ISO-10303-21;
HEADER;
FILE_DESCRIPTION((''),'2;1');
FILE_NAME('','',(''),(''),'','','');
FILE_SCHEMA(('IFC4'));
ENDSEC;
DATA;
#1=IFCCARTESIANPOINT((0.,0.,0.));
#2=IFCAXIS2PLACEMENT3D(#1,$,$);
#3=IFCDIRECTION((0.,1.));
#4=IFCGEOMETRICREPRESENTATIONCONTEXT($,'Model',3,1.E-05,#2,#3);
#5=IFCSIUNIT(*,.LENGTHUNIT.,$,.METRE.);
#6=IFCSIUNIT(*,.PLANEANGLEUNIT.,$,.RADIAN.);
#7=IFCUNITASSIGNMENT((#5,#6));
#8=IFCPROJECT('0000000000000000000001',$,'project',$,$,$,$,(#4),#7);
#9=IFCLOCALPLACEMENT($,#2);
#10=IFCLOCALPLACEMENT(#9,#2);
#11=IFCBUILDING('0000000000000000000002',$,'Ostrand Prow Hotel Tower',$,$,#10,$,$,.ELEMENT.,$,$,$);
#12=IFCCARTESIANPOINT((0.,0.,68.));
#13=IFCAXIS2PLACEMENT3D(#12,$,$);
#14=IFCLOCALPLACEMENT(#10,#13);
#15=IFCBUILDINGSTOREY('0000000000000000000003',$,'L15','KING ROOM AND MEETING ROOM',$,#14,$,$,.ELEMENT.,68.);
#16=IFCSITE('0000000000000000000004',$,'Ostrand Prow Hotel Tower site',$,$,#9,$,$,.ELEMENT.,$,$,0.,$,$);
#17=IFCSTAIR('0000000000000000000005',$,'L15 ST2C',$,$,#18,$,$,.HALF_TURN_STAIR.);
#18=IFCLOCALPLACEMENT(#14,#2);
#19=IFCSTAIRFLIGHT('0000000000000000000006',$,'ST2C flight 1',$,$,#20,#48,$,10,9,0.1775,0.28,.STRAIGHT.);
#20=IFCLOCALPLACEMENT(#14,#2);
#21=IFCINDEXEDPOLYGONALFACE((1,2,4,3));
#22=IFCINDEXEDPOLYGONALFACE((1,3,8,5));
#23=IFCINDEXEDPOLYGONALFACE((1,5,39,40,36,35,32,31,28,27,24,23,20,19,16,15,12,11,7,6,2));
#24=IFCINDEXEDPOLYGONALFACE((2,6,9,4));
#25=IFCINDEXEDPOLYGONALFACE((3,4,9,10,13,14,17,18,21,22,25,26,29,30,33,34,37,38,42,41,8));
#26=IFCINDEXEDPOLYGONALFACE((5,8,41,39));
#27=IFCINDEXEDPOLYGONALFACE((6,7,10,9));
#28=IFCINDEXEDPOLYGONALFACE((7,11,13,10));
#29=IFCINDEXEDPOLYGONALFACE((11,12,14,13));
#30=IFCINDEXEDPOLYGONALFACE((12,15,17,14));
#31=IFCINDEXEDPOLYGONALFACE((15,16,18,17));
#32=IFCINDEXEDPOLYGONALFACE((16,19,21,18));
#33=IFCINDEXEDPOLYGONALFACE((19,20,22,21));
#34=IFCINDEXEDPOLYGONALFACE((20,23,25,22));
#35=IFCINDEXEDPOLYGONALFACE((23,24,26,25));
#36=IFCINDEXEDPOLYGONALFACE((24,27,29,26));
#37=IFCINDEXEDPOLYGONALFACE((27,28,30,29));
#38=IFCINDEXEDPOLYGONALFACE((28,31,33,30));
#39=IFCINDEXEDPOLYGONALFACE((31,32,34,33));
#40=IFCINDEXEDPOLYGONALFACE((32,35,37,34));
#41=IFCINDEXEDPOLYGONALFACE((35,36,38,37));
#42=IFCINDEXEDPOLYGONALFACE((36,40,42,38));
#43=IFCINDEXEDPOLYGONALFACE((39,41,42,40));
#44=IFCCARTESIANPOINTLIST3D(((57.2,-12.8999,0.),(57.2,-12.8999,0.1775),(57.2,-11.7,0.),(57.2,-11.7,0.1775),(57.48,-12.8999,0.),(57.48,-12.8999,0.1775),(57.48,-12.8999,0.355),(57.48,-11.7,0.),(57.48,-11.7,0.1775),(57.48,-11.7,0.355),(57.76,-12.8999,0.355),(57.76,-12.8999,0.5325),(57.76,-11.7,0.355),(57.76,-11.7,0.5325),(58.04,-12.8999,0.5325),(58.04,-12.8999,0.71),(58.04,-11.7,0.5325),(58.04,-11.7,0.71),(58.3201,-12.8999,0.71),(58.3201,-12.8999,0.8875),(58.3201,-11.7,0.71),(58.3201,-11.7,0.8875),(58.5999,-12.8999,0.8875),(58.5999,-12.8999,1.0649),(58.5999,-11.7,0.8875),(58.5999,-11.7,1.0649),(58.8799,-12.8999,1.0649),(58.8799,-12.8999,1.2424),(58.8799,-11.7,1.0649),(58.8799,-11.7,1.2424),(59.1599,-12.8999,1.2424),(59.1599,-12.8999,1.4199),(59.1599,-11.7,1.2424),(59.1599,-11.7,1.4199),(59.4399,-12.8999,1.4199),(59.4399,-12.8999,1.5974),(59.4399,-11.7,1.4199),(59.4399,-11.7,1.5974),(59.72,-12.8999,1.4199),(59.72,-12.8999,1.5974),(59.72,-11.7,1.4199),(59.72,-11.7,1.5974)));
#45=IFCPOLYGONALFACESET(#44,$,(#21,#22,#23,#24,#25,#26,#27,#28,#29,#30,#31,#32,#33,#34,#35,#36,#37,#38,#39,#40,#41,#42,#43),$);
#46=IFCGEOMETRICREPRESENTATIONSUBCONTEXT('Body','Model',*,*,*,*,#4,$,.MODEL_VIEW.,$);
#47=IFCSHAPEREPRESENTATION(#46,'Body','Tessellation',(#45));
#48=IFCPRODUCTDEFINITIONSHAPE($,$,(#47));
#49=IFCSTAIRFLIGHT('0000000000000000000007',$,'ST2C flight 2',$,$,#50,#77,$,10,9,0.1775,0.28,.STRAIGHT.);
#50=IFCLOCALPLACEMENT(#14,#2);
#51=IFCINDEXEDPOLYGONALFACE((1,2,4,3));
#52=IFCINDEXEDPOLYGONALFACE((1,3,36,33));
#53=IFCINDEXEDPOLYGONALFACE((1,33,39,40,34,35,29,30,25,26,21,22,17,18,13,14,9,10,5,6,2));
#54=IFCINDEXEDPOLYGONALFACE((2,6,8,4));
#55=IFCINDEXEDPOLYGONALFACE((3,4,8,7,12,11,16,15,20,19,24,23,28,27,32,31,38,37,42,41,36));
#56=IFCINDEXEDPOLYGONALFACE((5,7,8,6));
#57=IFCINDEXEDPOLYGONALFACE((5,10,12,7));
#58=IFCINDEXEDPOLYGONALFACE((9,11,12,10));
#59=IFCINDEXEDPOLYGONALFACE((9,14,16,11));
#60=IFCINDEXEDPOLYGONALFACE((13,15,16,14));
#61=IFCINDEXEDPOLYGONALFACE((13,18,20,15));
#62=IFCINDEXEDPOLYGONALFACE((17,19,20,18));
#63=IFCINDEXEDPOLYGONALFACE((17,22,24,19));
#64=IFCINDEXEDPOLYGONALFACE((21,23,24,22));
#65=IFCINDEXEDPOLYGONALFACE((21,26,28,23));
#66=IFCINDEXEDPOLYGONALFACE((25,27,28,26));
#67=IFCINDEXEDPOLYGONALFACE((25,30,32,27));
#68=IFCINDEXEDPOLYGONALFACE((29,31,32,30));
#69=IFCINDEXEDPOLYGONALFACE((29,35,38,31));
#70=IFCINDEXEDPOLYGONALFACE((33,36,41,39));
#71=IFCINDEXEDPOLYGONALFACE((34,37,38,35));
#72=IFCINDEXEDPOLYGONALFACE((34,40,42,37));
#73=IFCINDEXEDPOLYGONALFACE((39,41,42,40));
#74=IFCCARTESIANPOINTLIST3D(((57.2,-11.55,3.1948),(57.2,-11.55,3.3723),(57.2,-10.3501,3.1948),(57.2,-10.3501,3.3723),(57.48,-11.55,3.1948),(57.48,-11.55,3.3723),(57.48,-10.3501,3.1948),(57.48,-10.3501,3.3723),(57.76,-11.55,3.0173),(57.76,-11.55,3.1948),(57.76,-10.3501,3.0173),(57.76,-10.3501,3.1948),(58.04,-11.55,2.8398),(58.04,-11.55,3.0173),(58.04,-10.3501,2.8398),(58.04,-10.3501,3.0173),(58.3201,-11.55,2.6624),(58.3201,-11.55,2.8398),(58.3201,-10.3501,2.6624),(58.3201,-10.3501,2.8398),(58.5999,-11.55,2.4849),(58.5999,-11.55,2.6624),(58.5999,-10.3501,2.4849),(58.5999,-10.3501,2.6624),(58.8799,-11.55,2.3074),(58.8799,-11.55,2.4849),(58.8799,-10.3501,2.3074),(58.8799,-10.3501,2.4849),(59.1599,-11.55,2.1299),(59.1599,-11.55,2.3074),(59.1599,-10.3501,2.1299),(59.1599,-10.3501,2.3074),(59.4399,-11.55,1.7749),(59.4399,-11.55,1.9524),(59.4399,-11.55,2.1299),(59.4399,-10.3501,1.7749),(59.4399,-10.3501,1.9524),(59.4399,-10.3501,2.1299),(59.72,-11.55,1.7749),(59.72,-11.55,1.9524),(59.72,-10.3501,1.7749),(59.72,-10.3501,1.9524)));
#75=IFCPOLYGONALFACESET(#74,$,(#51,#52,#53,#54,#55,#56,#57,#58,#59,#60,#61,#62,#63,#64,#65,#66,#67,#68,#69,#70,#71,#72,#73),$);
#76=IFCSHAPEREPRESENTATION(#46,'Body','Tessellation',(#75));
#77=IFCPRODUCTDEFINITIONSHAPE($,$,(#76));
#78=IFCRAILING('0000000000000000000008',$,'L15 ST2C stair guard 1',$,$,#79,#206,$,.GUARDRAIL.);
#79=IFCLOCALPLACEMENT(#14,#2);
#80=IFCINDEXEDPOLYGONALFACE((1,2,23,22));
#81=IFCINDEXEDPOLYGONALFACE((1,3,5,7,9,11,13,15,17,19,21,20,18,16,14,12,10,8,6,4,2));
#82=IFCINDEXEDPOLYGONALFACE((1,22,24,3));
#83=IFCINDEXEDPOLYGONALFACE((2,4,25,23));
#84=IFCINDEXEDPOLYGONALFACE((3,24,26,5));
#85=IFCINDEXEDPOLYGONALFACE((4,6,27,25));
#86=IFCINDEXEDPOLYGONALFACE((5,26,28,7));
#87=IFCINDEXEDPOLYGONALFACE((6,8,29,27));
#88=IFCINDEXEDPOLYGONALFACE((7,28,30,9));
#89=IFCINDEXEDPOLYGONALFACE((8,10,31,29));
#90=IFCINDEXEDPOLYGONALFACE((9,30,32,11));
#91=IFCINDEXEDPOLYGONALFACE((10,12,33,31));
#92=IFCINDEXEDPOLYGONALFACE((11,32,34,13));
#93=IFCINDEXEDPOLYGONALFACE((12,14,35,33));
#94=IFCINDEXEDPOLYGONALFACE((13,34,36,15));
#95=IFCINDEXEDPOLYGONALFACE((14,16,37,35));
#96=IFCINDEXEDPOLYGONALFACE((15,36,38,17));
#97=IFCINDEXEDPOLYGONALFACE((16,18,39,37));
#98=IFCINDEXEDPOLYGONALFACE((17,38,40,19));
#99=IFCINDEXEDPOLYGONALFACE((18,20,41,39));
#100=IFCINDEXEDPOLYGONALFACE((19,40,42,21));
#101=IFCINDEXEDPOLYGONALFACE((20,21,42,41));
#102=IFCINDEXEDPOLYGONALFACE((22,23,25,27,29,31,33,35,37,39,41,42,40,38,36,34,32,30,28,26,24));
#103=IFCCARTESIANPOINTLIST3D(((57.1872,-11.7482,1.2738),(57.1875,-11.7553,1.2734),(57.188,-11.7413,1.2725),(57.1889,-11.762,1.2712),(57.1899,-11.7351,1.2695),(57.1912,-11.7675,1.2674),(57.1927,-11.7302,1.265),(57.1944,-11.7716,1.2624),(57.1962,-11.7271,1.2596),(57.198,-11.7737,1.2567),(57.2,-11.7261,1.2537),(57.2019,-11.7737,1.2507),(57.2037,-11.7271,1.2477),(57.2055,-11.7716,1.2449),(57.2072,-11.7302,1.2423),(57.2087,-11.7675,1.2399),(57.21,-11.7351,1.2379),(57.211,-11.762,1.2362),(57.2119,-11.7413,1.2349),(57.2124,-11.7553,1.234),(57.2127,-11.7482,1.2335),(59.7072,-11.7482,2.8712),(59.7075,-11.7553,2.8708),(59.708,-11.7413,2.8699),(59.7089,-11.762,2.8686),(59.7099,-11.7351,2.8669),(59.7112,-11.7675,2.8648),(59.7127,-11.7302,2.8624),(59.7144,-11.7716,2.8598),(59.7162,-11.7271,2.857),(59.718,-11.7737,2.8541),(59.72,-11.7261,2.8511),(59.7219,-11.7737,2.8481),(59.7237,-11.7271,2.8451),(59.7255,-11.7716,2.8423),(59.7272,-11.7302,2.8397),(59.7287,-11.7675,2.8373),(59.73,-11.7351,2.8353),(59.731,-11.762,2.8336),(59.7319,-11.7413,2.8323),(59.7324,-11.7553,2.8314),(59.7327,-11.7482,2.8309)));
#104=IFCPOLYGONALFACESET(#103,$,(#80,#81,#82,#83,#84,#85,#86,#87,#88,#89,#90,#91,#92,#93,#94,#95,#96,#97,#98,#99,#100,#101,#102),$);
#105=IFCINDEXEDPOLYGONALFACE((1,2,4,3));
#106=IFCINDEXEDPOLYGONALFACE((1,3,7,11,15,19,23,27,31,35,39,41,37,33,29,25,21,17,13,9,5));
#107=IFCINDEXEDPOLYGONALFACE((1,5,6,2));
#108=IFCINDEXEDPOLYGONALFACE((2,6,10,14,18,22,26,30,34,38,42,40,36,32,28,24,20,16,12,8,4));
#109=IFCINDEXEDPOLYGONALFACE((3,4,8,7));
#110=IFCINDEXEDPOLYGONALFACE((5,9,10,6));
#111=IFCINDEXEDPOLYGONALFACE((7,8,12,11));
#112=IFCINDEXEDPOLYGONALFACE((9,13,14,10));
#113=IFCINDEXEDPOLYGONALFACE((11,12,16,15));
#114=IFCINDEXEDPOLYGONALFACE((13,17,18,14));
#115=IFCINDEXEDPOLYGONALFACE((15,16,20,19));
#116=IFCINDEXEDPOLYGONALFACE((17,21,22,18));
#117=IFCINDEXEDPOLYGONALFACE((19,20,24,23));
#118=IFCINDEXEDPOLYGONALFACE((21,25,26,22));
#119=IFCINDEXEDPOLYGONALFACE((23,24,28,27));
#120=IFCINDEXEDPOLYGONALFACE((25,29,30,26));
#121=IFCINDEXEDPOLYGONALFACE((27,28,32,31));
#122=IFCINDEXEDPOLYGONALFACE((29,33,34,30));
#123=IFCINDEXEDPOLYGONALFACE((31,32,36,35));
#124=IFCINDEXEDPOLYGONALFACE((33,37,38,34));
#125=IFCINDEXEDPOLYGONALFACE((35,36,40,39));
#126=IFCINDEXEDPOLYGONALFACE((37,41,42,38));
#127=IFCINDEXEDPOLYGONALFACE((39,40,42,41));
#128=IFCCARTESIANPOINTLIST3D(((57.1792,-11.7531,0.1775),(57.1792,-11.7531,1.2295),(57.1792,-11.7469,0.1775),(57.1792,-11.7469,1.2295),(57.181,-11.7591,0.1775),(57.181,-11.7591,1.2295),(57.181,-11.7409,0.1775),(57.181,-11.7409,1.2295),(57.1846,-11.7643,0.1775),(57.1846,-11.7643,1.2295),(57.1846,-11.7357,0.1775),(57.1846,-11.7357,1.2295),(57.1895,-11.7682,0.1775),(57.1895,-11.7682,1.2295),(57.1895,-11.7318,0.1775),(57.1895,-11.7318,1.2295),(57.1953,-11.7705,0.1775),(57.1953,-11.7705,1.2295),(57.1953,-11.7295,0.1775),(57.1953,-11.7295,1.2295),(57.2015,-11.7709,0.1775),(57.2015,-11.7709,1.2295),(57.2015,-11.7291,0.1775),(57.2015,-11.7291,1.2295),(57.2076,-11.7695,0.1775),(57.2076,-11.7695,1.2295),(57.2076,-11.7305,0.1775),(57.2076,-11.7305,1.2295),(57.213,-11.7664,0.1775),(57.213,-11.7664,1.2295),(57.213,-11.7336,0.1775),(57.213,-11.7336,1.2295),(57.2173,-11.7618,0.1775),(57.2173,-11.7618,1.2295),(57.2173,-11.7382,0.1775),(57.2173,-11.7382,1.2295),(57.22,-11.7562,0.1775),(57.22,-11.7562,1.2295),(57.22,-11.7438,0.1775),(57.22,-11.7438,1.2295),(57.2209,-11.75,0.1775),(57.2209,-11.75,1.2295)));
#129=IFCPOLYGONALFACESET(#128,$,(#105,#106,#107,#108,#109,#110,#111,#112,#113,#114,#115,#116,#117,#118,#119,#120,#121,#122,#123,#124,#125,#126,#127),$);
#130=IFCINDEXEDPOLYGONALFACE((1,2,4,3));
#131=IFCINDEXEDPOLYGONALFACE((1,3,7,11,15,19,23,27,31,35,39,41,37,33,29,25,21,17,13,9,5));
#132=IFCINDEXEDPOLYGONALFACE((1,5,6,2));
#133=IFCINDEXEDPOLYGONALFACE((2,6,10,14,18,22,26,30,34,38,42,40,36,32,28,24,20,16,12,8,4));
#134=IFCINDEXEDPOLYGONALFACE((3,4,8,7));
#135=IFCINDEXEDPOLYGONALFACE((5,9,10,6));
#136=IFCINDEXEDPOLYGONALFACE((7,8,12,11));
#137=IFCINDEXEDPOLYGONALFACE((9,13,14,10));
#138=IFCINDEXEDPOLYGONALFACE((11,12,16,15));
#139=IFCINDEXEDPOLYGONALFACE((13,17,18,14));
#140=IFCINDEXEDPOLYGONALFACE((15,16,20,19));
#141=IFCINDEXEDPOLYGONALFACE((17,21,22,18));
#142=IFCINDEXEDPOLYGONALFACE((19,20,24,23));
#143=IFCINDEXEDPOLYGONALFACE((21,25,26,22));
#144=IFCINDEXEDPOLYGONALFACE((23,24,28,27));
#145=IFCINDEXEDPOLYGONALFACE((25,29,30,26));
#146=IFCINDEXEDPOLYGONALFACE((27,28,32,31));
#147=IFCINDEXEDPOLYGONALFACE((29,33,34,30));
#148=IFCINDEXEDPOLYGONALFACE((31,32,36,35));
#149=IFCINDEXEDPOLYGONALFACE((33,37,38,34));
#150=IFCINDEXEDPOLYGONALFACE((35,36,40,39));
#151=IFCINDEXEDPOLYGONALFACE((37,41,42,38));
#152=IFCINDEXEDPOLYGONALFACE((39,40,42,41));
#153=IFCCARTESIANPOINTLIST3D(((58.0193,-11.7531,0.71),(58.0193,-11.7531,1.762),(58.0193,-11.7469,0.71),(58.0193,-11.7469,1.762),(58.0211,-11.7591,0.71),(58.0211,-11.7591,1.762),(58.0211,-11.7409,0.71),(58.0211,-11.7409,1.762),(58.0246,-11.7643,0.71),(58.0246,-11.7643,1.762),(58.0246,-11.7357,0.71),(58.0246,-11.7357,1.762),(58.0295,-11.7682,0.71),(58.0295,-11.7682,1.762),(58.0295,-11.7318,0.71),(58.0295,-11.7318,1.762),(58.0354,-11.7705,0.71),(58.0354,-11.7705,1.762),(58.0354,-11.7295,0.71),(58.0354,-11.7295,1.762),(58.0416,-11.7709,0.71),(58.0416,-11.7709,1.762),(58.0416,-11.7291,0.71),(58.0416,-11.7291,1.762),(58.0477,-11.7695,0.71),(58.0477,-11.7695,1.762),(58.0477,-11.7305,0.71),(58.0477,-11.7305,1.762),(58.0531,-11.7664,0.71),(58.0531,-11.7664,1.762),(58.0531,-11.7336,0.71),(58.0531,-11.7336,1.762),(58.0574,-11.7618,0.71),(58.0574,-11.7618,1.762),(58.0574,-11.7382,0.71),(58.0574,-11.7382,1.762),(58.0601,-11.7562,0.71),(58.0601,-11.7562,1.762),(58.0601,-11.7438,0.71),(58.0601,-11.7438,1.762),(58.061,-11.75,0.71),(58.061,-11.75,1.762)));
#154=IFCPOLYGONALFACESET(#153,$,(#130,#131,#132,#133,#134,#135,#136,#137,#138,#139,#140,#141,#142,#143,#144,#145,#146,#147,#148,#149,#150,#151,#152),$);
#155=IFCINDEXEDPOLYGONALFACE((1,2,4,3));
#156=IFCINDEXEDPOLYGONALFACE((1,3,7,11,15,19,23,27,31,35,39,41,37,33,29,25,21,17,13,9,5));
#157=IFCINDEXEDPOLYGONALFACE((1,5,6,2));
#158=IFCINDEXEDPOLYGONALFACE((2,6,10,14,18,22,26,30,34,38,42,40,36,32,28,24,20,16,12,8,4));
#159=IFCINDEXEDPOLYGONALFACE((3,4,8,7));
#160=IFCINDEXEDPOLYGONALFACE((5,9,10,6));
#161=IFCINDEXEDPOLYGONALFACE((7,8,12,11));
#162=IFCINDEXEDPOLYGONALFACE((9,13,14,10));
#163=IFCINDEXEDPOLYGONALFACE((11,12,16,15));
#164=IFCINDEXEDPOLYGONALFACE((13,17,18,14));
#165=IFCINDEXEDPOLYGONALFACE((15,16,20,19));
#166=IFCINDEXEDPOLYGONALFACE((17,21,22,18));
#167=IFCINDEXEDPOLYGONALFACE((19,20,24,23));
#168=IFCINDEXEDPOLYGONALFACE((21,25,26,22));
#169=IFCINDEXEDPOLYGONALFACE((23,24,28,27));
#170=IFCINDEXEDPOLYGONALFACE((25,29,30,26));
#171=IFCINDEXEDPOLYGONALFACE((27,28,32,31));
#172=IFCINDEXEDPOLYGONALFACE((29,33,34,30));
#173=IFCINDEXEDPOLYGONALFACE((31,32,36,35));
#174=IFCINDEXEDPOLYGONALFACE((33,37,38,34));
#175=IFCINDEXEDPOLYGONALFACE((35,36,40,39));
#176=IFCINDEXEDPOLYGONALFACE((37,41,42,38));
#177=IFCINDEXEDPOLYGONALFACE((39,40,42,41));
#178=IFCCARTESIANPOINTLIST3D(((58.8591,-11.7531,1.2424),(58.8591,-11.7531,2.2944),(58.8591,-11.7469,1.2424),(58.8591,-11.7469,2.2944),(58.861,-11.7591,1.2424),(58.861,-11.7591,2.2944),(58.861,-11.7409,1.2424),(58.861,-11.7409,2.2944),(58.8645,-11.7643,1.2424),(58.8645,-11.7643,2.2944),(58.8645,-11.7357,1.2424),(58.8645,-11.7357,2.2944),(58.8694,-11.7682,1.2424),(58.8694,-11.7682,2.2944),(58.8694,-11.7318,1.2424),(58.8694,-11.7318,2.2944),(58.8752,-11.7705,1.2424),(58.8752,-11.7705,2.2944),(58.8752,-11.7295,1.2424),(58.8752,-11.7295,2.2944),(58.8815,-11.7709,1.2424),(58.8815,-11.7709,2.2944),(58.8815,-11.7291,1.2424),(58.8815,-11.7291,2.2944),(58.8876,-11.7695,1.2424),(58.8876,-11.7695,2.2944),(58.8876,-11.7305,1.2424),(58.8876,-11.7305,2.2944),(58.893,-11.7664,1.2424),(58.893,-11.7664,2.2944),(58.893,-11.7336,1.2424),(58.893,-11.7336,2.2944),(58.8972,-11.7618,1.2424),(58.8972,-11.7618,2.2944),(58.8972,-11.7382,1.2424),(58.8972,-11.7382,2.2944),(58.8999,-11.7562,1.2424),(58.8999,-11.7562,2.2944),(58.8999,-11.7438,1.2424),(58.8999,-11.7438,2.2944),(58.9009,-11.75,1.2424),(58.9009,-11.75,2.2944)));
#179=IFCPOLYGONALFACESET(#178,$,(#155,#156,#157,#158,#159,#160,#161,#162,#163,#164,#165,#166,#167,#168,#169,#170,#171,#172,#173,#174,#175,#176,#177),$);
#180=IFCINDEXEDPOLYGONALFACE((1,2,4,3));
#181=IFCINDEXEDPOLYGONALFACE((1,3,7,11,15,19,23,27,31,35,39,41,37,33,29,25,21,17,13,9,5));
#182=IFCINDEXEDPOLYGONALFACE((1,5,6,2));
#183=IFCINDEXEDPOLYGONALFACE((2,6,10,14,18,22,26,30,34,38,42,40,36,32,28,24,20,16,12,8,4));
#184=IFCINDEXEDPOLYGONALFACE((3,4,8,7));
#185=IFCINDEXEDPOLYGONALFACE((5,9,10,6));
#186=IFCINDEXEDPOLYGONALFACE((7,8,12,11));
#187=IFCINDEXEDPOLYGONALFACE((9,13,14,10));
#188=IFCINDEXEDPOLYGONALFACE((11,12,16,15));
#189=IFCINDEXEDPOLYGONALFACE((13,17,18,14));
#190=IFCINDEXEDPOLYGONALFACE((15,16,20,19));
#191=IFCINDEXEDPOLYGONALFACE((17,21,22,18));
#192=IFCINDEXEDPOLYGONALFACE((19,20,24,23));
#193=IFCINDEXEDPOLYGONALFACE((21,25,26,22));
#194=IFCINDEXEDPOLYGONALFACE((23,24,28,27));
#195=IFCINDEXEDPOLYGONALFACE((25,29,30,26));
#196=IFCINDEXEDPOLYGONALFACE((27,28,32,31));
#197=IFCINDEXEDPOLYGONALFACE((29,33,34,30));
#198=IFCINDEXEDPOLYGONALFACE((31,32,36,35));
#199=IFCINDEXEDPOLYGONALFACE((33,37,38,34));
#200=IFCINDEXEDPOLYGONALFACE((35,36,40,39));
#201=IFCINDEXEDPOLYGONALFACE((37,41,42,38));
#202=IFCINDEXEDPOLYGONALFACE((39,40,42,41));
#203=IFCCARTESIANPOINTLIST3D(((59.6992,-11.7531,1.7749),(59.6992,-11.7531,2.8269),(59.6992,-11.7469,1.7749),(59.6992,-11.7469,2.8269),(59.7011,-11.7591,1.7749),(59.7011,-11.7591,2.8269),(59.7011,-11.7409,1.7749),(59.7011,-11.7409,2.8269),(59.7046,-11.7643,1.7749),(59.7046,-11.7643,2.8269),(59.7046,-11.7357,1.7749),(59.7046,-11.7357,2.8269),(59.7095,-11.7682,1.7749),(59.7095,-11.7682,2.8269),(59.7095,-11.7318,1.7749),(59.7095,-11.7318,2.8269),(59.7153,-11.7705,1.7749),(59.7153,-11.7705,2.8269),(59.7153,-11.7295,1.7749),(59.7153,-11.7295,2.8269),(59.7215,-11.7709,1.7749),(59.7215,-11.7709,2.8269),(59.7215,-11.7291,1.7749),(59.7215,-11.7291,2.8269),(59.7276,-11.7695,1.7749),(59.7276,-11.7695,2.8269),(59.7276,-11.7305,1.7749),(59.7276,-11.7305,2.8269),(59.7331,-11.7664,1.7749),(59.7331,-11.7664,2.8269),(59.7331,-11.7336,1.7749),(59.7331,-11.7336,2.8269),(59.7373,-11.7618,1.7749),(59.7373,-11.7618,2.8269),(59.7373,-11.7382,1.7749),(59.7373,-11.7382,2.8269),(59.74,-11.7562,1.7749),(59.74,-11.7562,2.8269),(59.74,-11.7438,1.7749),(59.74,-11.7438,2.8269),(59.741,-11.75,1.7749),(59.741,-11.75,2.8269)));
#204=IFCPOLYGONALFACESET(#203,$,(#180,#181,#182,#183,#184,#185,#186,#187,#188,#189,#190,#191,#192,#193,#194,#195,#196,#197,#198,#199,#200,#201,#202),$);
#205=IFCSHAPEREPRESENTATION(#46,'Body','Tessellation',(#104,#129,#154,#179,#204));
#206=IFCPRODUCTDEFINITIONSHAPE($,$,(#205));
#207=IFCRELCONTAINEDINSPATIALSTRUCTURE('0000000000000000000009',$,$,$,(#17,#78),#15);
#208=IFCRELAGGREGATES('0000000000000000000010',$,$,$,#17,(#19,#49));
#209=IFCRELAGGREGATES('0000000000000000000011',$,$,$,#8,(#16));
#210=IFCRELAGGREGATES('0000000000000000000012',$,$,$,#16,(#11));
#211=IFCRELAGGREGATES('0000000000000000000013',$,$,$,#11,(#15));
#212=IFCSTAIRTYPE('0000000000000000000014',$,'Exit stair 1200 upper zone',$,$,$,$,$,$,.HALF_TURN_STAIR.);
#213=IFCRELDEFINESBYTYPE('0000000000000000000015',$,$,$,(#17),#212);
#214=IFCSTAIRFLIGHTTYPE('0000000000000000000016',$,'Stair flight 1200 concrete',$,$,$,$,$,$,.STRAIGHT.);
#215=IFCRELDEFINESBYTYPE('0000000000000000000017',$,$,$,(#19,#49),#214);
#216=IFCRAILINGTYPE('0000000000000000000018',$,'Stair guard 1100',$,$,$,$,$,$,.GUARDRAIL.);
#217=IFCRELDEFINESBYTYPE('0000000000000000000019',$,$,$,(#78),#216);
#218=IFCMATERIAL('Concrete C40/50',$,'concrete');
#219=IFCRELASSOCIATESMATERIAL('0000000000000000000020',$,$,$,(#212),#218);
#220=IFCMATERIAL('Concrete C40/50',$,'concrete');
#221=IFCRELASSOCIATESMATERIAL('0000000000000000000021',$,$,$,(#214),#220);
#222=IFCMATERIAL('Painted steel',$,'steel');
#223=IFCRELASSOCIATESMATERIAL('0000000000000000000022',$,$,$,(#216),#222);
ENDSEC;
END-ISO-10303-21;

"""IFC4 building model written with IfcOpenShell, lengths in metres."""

from ifc_helpers import new_model, si_unit, direction, frame, origin, origin_2d, place, context, subcontext, project, spatial, polyline, circle, outline, extrude, material, type_object, element, aggregate, save


model = new_model("IFC4")

# Units and contexts
model_context = context("Model", 3, precision=1e-05, world=origin(), true_north=direction((0.0, 1.0)))
body_context = subcontext(model_context, "Body", "Model", "MODEL_VIEW")
ifc_project = project(units=[si_unit("LENGTHUNIT", "METRE"), si_unit("PLANEANGLEUNIT", "RADIAN")], contexts=[model_context])

# Site, building, storey
site_placement = place(None, origin())
site = spatial("IfcSite", under=ifc_project, at=site_placement, Name="Ostrand Prow Hotel Tower site", CompositionType="ELEMENT", RefElevation=0.0)
building_placement = place(site_placement, origin())
building = spatial("IfcBuilding", under=site, at=building_placement, Name="Ostrand Prow Hotel Tower", CompositionType="ELEMENT")
storey_placement = place(building_placement, frame((0.0, 0.0, 68.0)))
storey = spatial("IfcBuildingStorey", under=building, at=storey_placement, Name="L15", Description="KING ROOM AND MEETING ROOM", CompositionType="ELEMENT", Elevation=68.0)

# Stair, stair flights
ifc_material_1 = material(Name="Concrete C40/50", Category="concrete")
stair_type = type_object("IfcStairType", Name="Exit stair 1200 upper zone", PredefinedType="HALF_TURN_STAIR", material=ifc_material_1)
stair_placement = place(storey_placement, origin())
stair = element("IfcStair", 1, at=stair_placement, inside=storey, type_object=stair_type, Name="L15 ST2C", PredefinedType="HALF_TURN_STAIR")
ifc_material_2 = material(Name="Concrete C40/50", Category="concrete")
stair_flight_type = type_object("IfcStairFlightType", Name="Stair flight 1200 concrete", PredefinedType="STRAIGHT", material=ifc_material_2)
stair_flight_1_placement = place(storey_placement, frame((57.2, -12.3, 0.0), z_axis=(0.0, 0.0, 1.0), x_axis=(1.0, 0.0, 0.0)))
stair_flight_1 = element("IfcStairFlight", 2, at=stair_flight_1_placement, type_object=stair_flight_type, Name="ST2C flight 1", NumberOfRisers=10, NumberOfTreads=9, PredefinedType="STRAIGHT", RiserHeight=0.1775, TreadLength=0.28, context=body_context, shape_type="SweptSolid", body=[
    extrude(outline(polyline([(0.0, 0.0), (0.0, 0.1775), (0.28, 0.1775), (0.28, 0.355), (0.5601, 0.355), (0.5601, 0.5325), (0.8401, 0.5325), (0.8401, 0.71), (1.1201, 0.71), (1.1201, 0.8875), (1.3999, 0.8875), (1.3999, 1.0649), (1.6799, 1.0649), (1.6799, 1.2424), (1.96, 1.2424), (1.96, 1.4199), (2.24, 1.4199), (2.24, 1.5974), (2.52, 1.5974), (2.52, 1.7749), (2.52, 1.4199), (0.28, 0.0), (0.0, 0.0)])), frame((0.0, 0.6001, 0.0), z_axis=(0.0, -1.0, 0.0), x_axis=(1.0, 0.0, 0.0)), (0.0, 0.0, 1.0), 1.2),
])
stair_flight_2_placement = place(storey_placement, frame((59.72, -10.95, 1.7749), z_axis=(0.0, 0.0, 1.0), x_axis=(-1.0, 0.0, 0.0)))
stair_flight_2 = element("IfcStairFlight", 3, at=stair_flight_2_placement, type_object=stair_flight_type, Name="ST2C flight 2", NumberOfRisers=10, NumberOfTreads=9, PredefinedType="STRAIGHT", RiserHeight=0.1775, TreadLength=0.28, context=body_context, shape_type="SweptSolid", body=[
    extrude(outline(polyline([(0.0, 0.0), (0.0, 0.1775), (0.28, 0.1775), (0.28, 0.355), (0.5601, 0.355), (0.5601, 0.5325), (0.8401, 0.5325), (0.8401, 0.71), (1.1201, 0.71), (1.1201, 0.8875), (1.3999, 0.8875), (1.3999, 1.0649), (1.6799, 1.0649), (1.6799, 1.2424), (1.96, 1.2424), (1.96, 1.4199), (2.24, 1.4199), (2.24, 1.5974), (2.52, 1.5974), (2.52, 1.7749), (2.52, 1.4199), (0.28, 0.0), (0.0, 0.0)])), frame((0.0, 0.6001, 0.0), z_axis=(0.0, -1.0, 0.0), x_axis=(1.0, 0.0, 0.0)), (0.0, 0.0, 1.0), 1.2),
])
aggregate(stair, [stair_flight_1, stair_flight_2])

# Railing
ifc_material_3 = material(Name="Painted steel", Category="steel")
railing_type_1 = type_object("IfcRailingType", Name="Stair guard 1100", PredefinedType="GUARDRAIL", material=ifc_material_3)
railing_1_placement = place(storey_placement, frame((57.2, -11.75, 0.1775)))
element("IfcRailing", 4, at=railing_1_placement, inside=storey, type_object=railing_type_1, Name="L15 ST2C stair guard 1", PredefinedType="GUARDRAIL", context=body_context, shape_type="SweptSolid", body=[
    extrude(circle(Radius=0.0239, at=origin_2d()), frame((0.0, 0.0, 1.0762), z_axis=(0.844607, 0.0, 0.535387), x_axis=(0.0, 1.0, 0.0)), (0.0, 0.0, 1.0), 2.9836),
    extrude(circle(Radius=0.021, at=origin_2d()), origin(), (0.0, 0.0, 1.0), 1.052),
    extrude(circle(Radius=0.021, at=origin_2d()), frame((0.8401, 0.0, 0.5325)), (0.0, 0.0, 1.0), 1.052),
    extrude(circle(Radius=0.021, at=origin_2d()), frame((1.6799, 0.0, 1.0649)), (0.0, 0.0, 1.0), 1.052),
    extrude(circle(Radius=0.021, at=origin_2d()), frame((2.52, 0.0, 1.5974)), (0.0, 0.0, 1.0), 1.052),
])

save(model, "model.ifc")
